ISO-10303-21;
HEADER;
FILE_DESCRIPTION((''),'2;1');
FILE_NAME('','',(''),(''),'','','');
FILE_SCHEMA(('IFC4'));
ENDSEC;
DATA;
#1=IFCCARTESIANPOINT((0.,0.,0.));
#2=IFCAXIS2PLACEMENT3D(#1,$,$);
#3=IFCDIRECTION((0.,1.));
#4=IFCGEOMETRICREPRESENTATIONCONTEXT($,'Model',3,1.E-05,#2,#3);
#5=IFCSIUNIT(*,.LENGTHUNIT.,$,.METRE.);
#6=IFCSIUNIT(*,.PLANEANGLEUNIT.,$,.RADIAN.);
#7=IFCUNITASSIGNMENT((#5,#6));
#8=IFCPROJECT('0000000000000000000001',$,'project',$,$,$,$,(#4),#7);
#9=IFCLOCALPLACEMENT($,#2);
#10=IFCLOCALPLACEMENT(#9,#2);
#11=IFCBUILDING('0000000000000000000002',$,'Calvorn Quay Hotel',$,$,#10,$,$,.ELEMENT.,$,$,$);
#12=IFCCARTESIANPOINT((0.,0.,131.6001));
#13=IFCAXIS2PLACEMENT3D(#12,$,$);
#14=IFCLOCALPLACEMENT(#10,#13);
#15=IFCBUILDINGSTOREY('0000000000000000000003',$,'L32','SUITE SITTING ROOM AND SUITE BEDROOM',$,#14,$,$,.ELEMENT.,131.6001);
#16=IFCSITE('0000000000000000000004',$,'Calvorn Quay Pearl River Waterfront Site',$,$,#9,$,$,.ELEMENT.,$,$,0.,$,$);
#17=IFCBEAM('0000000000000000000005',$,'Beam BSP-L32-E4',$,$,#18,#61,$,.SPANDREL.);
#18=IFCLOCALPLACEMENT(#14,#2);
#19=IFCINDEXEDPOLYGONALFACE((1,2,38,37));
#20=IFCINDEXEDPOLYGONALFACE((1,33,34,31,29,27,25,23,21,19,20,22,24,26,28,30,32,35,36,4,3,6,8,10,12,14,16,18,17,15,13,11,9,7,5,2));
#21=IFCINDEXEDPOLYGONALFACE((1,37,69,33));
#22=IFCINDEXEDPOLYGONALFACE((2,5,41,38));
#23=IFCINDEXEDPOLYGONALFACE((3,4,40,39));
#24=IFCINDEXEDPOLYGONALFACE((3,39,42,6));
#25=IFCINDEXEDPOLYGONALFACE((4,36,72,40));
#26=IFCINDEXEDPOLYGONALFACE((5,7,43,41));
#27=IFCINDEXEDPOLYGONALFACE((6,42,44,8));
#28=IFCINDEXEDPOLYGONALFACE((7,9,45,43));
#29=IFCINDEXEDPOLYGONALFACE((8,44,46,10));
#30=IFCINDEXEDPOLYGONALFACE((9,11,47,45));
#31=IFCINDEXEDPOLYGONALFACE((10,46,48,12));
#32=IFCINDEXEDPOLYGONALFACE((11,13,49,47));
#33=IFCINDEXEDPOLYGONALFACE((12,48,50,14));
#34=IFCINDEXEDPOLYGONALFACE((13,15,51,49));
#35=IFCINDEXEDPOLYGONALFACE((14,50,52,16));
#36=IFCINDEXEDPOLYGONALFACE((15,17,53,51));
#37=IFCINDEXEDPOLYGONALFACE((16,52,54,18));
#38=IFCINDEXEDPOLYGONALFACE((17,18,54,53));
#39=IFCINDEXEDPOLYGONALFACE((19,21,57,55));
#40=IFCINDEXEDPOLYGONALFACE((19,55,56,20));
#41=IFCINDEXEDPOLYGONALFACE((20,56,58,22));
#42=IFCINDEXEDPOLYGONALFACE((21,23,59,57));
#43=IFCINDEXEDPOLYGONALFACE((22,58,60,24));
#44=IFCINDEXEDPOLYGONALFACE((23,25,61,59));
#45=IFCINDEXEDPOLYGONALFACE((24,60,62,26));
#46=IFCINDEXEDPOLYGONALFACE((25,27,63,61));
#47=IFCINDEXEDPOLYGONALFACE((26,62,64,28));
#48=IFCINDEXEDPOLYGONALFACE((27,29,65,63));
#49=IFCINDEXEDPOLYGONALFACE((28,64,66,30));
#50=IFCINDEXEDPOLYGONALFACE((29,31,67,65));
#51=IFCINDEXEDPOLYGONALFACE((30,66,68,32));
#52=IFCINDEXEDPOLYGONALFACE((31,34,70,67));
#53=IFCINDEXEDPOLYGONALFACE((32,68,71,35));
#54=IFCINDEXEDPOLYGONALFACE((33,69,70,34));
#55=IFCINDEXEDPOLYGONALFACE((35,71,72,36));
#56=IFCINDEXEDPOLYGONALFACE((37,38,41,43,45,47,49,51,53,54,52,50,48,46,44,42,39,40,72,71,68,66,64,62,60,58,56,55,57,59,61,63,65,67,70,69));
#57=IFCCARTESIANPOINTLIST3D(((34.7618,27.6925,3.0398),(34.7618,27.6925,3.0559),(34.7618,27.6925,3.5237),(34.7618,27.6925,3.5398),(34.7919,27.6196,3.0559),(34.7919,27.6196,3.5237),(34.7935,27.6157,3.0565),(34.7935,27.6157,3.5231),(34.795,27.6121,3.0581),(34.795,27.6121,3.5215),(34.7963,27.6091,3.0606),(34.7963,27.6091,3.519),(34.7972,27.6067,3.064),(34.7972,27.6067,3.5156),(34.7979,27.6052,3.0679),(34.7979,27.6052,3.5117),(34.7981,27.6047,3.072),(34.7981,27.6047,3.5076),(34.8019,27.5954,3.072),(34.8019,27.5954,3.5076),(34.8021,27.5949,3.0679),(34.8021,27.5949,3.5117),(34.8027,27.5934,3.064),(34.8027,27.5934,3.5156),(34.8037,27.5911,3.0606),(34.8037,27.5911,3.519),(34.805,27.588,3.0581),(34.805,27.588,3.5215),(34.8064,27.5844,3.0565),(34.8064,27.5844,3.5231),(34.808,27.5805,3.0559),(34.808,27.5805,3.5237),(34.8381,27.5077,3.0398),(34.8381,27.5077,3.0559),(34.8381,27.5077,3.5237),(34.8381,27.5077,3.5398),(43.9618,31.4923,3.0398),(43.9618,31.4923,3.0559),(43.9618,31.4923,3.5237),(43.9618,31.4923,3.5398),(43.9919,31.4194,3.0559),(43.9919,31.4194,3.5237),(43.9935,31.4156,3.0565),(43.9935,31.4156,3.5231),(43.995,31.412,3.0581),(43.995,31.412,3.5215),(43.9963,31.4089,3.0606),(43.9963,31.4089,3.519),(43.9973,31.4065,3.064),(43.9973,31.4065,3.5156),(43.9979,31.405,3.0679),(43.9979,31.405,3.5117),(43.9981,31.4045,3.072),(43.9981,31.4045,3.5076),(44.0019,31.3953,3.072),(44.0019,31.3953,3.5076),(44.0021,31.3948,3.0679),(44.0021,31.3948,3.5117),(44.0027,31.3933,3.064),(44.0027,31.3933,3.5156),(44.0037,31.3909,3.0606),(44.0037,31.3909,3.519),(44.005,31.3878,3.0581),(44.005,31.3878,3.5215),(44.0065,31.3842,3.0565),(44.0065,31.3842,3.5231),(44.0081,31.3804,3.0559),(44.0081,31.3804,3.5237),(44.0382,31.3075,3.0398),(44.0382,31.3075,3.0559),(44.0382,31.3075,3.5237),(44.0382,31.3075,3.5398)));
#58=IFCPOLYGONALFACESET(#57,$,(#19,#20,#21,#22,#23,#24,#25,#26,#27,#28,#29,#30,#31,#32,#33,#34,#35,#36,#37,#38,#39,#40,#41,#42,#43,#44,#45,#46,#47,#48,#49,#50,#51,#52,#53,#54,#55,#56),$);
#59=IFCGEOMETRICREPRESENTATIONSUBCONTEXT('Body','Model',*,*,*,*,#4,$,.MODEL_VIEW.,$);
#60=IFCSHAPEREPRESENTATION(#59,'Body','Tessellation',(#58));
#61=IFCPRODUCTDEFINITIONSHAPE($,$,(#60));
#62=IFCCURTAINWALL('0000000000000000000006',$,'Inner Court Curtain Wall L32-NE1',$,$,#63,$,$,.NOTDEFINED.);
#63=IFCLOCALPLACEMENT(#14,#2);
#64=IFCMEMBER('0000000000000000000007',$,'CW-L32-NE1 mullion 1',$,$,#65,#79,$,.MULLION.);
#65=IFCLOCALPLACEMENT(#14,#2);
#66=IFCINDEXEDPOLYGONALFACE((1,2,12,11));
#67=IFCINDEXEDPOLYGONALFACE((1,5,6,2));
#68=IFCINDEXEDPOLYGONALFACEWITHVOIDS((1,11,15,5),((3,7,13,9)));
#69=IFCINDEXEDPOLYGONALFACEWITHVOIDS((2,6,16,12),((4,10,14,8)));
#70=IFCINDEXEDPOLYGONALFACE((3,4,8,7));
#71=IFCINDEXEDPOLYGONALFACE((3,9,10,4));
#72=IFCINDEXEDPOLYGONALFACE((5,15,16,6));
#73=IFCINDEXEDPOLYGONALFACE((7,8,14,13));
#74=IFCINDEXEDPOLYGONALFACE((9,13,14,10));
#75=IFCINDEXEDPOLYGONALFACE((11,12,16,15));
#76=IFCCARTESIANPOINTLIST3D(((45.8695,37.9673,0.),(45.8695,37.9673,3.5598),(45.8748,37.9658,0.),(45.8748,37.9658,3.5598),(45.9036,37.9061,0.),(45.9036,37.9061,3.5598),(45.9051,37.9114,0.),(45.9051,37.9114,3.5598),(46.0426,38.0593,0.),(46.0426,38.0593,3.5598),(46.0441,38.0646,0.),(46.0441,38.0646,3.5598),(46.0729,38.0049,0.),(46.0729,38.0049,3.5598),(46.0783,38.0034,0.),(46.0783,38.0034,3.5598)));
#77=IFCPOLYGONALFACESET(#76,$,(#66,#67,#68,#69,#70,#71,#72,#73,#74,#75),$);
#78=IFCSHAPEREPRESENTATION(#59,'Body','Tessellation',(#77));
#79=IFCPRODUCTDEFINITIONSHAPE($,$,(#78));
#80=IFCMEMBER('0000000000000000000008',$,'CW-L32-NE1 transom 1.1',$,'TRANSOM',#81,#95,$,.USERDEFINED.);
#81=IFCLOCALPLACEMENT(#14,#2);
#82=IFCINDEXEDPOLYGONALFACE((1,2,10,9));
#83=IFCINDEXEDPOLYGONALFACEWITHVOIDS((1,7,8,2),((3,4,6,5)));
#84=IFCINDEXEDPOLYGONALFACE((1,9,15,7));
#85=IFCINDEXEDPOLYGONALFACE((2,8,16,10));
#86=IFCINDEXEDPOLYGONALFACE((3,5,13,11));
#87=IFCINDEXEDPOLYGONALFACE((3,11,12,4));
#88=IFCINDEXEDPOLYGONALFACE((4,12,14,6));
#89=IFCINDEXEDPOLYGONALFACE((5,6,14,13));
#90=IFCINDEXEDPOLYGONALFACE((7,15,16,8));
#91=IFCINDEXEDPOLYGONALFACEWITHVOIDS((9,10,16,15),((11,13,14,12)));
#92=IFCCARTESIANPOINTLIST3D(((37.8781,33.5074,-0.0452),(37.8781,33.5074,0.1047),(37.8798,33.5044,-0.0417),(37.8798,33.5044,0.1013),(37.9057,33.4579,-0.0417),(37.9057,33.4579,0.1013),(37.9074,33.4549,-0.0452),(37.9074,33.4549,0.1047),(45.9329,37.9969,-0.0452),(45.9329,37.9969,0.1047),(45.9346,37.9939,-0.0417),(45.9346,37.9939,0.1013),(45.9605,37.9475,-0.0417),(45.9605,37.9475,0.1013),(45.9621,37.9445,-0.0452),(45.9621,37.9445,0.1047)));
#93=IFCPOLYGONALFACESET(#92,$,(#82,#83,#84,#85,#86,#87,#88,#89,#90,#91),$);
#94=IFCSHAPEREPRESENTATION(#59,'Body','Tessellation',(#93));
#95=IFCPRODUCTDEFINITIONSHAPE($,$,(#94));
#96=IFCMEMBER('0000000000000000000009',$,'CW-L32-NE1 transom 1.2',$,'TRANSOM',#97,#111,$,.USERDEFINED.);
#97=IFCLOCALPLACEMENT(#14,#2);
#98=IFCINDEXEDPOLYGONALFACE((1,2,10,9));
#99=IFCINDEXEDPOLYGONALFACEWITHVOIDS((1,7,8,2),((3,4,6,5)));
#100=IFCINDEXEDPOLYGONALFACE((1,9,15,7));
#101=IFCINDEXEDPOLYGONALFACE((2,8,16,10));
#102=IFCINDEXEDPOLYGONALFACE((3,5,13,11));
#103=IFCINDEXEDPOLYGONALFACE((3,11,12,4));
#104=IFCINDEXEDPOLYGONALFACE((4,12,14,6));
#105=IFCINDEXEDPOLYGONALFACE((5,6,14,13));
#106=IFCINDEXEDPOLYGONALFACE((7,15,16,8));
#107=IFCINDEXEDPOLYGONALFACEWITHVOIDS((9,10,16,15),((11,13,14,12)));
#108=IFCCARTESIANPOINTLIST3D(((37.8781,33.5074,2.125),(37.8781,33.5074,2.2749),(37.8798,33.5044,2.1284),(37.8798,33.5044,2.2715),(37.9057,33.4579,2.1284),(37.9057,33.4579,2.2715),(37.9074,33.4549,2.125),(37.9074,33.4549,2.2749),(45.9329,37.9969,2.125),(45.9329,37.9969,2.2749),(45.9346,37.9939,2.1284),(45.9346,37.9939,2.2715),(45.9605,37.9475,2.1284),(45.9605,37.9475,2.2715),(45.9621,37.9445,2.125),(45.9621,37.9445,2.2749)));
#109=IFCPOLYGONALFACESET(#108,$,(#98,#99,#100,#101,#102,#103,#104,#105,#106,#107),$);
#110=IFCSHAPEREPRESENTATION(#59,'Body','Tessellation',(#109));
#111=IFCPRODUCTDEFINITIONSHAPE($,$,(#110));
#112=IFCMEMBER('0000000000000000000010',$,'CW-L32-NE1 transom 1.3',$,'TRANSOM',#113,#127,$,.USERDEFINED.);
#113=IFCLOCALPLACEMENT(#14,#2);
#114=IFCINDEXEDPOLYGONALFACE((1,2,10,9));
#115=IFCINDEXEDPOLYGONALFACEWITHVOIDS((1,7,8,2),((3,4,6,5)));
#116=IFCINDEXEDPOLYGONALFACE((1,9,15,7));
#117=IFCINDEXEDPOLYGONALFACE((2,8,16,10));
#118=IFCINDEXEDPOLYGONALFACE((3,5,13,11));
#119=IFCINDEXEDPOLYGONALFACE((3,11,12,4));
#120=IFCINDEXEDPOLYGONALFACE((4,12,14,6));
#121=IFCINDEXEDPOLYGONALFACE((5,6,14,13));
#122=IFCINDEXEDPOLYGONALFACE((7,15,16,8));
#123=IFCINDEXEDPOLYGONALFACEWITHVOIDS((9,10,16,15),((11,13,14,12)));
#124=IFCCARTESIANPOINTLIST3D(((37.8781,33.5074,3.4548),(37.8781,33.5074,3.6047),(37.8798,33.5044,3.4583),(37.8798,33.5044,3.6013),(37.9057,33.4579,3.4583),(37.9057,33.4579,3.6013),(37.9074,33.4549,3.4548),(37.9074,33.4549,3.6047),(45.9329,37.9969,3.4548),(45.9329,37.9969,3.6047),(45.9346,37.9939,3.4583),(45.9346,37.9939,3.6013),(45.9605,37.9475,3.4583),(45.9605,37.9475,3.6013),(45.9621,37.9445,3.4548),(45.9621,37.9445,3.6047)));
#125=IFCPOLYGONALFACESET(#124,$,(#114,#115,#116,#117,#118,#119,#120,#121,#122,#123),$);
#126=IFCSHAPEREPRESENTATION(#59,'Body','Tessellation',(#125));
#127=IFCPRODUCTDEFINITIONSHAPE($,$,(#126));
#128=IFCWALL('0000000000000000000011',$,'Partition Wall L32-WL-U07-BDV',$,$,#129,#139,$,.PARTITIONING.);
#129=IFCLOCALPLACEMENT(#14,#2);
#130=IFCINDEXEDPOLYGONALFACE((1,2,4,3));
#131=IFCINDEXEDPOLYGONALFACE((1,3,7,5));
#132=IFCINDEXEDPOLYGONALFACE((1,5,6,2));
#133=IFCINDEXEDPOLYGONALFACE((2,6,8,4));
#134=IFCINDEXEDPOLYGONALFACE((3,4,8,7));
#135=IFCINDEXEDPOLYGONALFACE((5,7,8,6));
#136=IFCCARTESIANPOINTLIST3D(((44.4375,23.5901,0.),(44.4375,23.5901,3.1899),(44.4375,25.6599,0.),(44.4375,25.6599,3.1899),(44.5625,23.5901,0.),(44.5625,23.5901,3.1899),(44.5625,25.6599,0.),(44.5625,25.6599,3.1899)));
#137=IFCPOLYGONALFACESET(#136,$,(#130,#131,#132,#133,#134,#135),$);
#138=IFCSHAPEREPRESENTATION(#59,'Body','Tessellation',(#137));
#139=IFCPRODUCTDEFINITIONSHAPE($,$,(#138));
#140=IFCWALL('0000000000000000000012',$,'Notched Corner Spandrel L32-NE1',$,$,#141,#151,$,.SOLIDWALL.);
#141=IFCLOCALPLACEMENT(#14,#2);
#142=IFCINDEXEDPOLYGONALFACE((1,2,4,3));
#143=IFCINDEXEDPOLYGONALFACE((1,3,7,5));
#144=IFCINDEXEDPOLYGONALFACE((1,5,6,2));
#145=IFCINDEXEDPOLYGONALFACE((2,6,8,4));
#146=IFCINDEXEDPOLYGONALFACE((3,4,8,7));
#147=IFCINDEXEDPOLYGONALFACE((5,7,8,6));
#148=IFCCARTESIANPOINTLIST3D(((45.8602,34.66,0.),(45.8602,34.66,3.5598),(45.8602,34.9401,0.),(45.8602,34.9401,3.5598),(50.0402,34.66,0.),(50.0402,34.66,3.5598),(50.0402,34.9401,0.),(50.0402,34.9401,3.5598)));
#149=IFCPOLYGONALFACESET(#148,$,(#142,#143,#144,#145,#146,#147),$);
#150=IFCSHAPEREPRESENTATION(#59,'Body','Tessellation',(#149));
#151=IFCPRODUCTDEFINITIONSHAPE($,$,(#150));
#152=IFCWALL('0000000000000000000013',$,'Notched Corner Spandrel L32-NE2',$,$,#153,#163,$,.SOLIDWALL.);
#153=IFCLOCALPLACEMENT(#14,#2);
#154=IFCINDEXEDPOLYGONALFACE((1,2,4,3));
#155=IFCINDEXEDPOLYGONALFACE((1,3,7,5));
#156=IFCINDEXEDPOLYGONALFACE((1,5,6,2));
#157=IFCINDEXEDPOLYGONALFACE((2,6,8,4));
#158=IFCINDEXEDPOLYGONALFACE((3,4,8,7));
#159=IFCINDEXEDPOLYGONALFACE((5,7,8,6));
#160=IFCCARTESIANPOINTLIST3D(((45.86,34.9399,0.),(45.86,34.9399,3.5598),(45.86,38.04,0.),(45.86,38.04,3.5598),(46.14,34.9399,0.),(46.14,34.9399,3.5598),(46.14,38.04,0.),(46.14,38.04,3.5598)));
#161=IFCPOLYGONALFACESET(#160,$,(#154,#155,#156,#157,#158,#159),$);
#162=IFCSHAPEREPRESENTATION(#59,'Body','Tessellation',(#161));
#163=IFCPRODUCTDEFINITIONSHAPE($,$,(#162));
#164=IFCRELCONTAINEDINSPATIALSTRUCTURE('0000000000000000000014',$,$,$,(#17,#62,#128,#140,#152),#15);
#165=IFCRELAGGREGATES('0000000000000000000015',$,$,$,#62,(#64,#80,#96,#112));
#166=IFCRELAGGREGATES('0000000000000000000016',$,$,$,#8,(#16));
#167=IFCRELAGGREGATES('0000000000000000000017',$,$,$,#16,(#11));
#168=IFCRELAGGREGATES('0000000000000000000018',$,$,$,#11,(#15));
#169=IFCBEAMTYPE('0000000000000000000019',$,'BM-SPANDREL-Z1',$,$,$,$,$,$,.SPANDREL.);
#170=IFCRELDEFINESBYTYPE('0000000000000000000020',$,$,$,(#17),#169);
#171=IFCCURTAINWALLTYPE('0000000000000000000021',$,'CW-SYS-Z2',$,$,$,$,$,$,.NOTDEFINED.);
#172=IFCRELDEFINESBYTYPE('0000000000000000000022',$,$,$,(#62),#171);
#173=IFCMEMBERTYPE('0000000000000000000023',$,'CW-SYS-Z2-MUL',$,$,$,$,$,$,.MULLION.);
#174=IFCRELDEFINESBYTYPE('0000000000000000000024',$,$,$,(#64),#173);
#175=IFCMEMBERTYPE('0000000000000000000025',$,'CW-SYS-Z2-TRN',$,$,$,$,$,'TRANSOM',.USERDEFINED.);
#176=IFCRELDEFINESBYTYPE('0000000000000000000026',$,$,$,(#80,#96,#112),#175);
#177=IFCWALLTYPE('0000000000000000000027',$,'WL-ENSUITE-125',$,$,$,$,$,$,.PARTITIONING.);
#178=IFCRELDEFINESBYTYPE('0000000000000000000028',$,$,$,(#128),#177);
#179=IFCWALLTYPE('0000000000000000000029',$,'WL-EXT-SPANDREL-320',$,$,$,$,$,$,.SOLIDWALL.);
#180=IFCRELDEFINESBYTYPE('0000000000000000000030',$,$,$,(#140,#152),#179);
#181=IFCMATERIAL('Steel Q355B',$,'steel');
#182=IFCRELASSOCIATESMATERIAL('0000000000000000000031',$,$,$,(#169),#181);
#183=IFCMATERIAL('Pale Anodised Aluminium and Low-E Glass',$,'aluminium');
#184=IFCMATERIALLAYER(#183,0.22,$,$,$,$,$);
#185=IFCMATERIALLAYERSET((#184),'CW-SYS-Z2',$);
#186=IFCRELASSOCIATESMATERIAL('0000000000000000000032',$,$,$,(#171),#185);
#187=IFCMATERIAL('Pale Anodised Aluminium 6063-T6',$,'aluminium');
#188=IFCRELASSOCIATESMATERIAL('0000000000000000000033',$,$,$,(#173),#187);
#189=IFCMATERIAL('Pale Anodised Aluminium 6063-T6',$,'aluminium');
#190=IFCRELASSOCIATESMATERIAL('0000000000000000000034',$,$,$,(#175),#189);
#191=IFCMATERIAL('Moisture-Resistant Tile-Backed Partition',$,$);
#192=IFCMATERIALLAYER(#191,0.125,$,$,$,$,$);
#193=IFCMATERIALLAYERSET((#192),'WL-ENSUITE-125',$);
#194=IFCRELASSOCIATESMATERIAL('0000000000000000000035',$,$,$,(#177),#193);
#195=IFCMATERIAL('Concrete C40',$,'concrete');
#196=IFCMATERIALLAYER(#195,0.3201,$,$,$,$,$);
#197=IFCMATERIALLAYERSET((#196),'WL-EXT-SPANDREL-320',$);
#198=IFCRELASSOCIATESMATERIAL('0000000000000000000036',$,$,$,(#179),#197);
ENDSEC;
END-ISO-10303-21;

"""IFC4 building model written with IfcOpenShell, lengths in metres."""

from ifc_helpers import new_model, si_unit, direction, frame, frame_2d, origin, origin_2d, place, context, subcontext, project, spatial, rectangle, hollow_rectangle, i_section, extrude, material, layer, layer_set, material_profile, profile_set, type_object, element, aggregate, save


model = new_model("IFC4")

# Units and contexts
model_context = context("Model", 3, precision=1e-05, world=origin(), true_north=direction((0.0, 1.0)))
body_context = subcontext(model_context, "Body", "Model", "MODEL_VIEW")
ifc_project = project(units=[si_unit("LENGTHUNIT", "METRE"), si_unit("PLANEANGLEUNIT", "RADIAN")], contexts=[model_context])

# Site, building, storey
site_placement = place(None, origin())
site = spatial("IfcSite", under=ifc_project, at=site_placement, Name="Calvorn Quay Pearl River Waterfront Site", CompositionType="ELEMENT", RefElevation=0.0)
building_placement = place(site_placement, origin())
building = spatial("IfcBuilding", under=site, at=building_placement, Name="Calvorn Quay Hotel", CompositionType="ELEMENT")
storey_placement = place(building_placement, frame((0.0, 0.0, 131.6001)))
storey = spatial("IfcBuildingStorey", under=building, at=storey_placement, Name="L32", Description="SUITE SITTING ROOM AND SUITE BEDROOM", CompositionType="ELEMENT", Elevation=131.6001)

# Beam
ifc_material_1 = material(Name="Steel Q355B", Category="steel")
ifc_material_profile_1 = material_profile(ifc_material_1, i_section(OverallWidth=0.2, OverallDepth=0.5, WebThickness=0.01, FlangeThickness=0.0161, FilletRadius=0.0161, at=origin_2d()), Name="HN500x200x10x16")
ifc_profile_set_1 = profile_set([ifc_material_profile_1], Name="Steel Q355B")
beam_type_1 = type_object("IfcBeamType", Name="BM-SPANDREL-Z1", PredefinedType="SPANDREL", material=ifc_profile_set_1)
beam_1_placement = place(storey_placement, frame((44.0, 31.3999, 3.2898), z_axis=(-0.924268, -0.381745, 0.0), x_axis=(0.381745, -0.924268, 0.0)))
element("IfcBeam", 1, at=beam_1_placement, inside=storey, type_object=beam_type_1, Name="Beam BSP-L32-E4", PredefinedType="SPANDREL", context=body_context, shape_type="SweptSolid", body=[
    extrude(i_section(OverallWidth=0.2, OverallDepth=0.5, WebThickness=0.01, FlangeThickness=0.0161, FilletRadius=0.0161, at=origin_2d()), origin(), (0.0, 0.0, 1.0), 9.9539),
])

# Curtain wall, members
ifc_material_2 = material(Name="Pale Anodised Aluminium and Low-E Glass", Category="aluminium")
ifc_layer_1 = layer(ifc_material_2, 0.22)
ifc_layer_set_1 = layer_set([ifc_layer_1], Name="CW-SYS-Z2")
curtain_wall_type = type_object("IfcCurtainWallType", Name="CW-SYS-Z2", PredefinedType="NOTDEFINED", material=ifc_layer_set_1)
curtain_wall_placement = place(storey_placement, origin())
curtain_wall = element("IfcCurtainWall", 2, at=curtain_wall_placement, inside=storey, type_object=curtain_wall_type, Name="Inner Court Curtain Wall L32-NE1", PredefinedType="NOTDEFINED")
ifc_material_3 = material(Name="Pale Anodised Aluminium 6063-T6", Category="aluminium")
ifc_material_profile_2 = material_profile(ifc_material_3, hollow_rectangle(XDim=0.0701, YDim=0.2, WallThickness=0.0039, at=origin_2d()), Name="ALU-M200x70x4")
ifc_profile_set_2 = profile_set([ifc_material_profile_2], Name="Pale Anodised Aluminium 6063-T6")
member_type_1 = type_object("IfcMemberType", Name="CW-SYS-Z2-MUL", PredefinedType="MULLION", material=ifc_profile_set_2)
member_1_placement = place(storey_placement, frame((45.9739, 37.9854, 0.0), z_axis=(0.0, 0.0, 1.0), x_axis=(0.486858, -0.873481, 0.0)))
member_1 = element("IfcMember", 3, at=member_1_placement, type_object=member_type_1, Name="CW-L32-NE1 mullion 1", PredefinedType="MULLION", context=body_context, shape_type="SweptSolid", body=[
    extrude(hollow_rectangle(XDim=0.0701, YDim=0.2, WallThickness=0.0039, at=origin_2d()), origin(), (0.0, 0.0, 1.0), 3.5598),
])
ifc_material_4 = material(Name="Pale Anodised Aluminium 6063-T6", Category="aluminium")
ifc_material_profile_3 = material_profile(ifc_material_4, hollow_rectangle(XDim=0.0601, YDim=0.1499, WallThickness=0.0034, at=origin_2d()), Name="ALU-T150x60x3.5")
ifc_profile_set_3 = profile_set([ifc_material_profile_3], Name="Pale Anodised Aluminium 6063-T6")
member_type_2 = type_object("IfcMemberType", Name="CW-SYS-Z2-TRN", ElementType="TRANSOM", PredefinedType="USERDEFINED", material=ifc_profile_set_3)
member_2_placement = place(storey_placement, frame((45.9475, 37.9707, 0.0298), z_axis=(-0.873481, -0.486859, 0.0), x_axis=(0.486859, -0.873481, 0.0)))
member_2 = element("IfcMember", 4, at=member_2_placement, type_object=member_type_2, Name="CW-L32-NE1 transom 1.1", ObjectType="TRANSOM", PredefinedType="USERDEFINED", context=body_context, shape_type="SweptSolid", body=[
    extrude(hollow_rectangle(XDim=0.0601, YDim=0.1499, WallThickness=0.0034, at=origin_2d()), origin(), (0.0, 0.0, 1.0), 9.2214),
])
member_3_placement = place(storey_placement, frame((45.9475, 37.9707, 2.2), z_axis=(-0.873481, -0.486859, 0.0), x_axis=(0.486859, -0.873481, 0.0)))
member_3 = element("IfcMember", 5, at=member_3_placement, type_object=member_type_2, Name="CW-L32-NE1 transom 1.2", ObjectType="TRANSOM", PredefinedType="USERDEFINED", context=body_context, shape_type="SweptSolid", body=[
    extrude(hollow_rectangle(XDim=0.0601, YDim=0.1499, WallThickness=0.0034, at=origin_2d()), origin(), (0.0, 0.0, 1.0), 9.2214),
])
member_4_placement = place(storey_placement, frame((45.9475, 37.9707, 3.5298), z_axis=(-0.873481, -0.486859, 0.0), x_axis=(0.486859, -0.873481, 0.0)))
member_4 = element("IfcMember", 6, at=member_4_placement, type_object=member_type_2, Name="CW-L32-NE1 transom 1.3", ObjectType="TRANSOM", PredefinedType="USERDEFINED", context=body_context, shape_type="SweptSolid", body=[
    extrude(hollow_rectangle(XDim=0.0601, YDim=0.1499, WallThickness=0.0034, at=origin_2d()), origin(), (0.0, 0.0, 1.0), 9.2214),
])
aggregate(curtain_wall, [member_1, member_2, member_3, member_4])

# Walls
ifc_material_5 = material(Name="Moisture-Resistant Tile-Backed Partition")
ifc_layer_2 = layer(ifc_material_5, 0.125)
ifc_layer_set_2 = layer_set([ifc_layer_2], Name="WL-ENSUITE-125")
wall_type_1 = type_object("IfcWallType", Name="WL-ENSUITE-125", PredefinedType="PARTITIONING", material=ifc_layer_set_2)
wall_1_placement = place(storey_placement, frame((44.5, 23.5901, 0.0), z_axis=(0.0, 0.0, 1.0), x_axis=(0.0, 1.0, 0.0)))
element("IfcWall", 7, at=wall_1_placement, inside=storey, type_object=wall_type_1, Name="Partition Wall L32-WL-U07-BDV", PredefinedType="PARTITIONING", context=body_context, shape_type="SweptSolid", body=[
    extrude(rectangle(XDim=2.0698, YDim=0.125, at=frame_2d((1.0349, 0.0))), origin(), (0.0, 0.0, 1.0), 3.1899),
])
ifc_material_6 = material(Name="Concrete C40", Category="concrete")
ifc_layer_3 = layer(ifc_material_6, 0.3201)
ifc_layer_set_3 = layer_set([ifc_layer_3], Name="WL-EXT-SPANDREL-320")
wall_type_2 = type_object("IfcWallType", Name="WL-EXT-SPANDREL-320", PredefinedType="SOLIDWALL", material=ifc_layer_set_3)
wall_2_placement = place(storey_placement, frame((50.04, 34.8, 0.0), z_axis=(0.0, 0.0, 1.0), x_axis=(-1.0, 0.0, 0.0)))
element("IfcWall", 8, at=wall_2_placement, inside=storey, type_object=wall_type_2, Name="Notched Corner Spandrel L32-NE1", PredefinedType="SOLIDWALL", context=body_context, shape_type="SweptSolid", body=[
    extrude(rectangle(XDim=4.1799, YDim=0.28, at=frame_2d((2.0898, 0.0))), origin(), (0.0, 0.0, 1.0), 3.5598),
])
wall_3_placement = place(storey_placement, frame((46.0, 34.9399, 0.0), z_axis=(0.0, 0.0, 1.0), x_axis=(0.0, 1.0, 0.0)))
element("IfcWall", 9, at=wall_3_placement, inside=storey, type_object=wall_type_2, Name="Notched Corner Spandrel L32-NE2", PredefinedType="SOLIDWALL", context=body_context, shape_type="SweptSolid", body=[
    extrude(rectangle(XDim=3.1001, YDim=0.28, at=frame_2d((1.55, 0.0))), origin(), (0.0, 0.0, 1.0), 3.5598),
])

save(model, "model.ifc")
